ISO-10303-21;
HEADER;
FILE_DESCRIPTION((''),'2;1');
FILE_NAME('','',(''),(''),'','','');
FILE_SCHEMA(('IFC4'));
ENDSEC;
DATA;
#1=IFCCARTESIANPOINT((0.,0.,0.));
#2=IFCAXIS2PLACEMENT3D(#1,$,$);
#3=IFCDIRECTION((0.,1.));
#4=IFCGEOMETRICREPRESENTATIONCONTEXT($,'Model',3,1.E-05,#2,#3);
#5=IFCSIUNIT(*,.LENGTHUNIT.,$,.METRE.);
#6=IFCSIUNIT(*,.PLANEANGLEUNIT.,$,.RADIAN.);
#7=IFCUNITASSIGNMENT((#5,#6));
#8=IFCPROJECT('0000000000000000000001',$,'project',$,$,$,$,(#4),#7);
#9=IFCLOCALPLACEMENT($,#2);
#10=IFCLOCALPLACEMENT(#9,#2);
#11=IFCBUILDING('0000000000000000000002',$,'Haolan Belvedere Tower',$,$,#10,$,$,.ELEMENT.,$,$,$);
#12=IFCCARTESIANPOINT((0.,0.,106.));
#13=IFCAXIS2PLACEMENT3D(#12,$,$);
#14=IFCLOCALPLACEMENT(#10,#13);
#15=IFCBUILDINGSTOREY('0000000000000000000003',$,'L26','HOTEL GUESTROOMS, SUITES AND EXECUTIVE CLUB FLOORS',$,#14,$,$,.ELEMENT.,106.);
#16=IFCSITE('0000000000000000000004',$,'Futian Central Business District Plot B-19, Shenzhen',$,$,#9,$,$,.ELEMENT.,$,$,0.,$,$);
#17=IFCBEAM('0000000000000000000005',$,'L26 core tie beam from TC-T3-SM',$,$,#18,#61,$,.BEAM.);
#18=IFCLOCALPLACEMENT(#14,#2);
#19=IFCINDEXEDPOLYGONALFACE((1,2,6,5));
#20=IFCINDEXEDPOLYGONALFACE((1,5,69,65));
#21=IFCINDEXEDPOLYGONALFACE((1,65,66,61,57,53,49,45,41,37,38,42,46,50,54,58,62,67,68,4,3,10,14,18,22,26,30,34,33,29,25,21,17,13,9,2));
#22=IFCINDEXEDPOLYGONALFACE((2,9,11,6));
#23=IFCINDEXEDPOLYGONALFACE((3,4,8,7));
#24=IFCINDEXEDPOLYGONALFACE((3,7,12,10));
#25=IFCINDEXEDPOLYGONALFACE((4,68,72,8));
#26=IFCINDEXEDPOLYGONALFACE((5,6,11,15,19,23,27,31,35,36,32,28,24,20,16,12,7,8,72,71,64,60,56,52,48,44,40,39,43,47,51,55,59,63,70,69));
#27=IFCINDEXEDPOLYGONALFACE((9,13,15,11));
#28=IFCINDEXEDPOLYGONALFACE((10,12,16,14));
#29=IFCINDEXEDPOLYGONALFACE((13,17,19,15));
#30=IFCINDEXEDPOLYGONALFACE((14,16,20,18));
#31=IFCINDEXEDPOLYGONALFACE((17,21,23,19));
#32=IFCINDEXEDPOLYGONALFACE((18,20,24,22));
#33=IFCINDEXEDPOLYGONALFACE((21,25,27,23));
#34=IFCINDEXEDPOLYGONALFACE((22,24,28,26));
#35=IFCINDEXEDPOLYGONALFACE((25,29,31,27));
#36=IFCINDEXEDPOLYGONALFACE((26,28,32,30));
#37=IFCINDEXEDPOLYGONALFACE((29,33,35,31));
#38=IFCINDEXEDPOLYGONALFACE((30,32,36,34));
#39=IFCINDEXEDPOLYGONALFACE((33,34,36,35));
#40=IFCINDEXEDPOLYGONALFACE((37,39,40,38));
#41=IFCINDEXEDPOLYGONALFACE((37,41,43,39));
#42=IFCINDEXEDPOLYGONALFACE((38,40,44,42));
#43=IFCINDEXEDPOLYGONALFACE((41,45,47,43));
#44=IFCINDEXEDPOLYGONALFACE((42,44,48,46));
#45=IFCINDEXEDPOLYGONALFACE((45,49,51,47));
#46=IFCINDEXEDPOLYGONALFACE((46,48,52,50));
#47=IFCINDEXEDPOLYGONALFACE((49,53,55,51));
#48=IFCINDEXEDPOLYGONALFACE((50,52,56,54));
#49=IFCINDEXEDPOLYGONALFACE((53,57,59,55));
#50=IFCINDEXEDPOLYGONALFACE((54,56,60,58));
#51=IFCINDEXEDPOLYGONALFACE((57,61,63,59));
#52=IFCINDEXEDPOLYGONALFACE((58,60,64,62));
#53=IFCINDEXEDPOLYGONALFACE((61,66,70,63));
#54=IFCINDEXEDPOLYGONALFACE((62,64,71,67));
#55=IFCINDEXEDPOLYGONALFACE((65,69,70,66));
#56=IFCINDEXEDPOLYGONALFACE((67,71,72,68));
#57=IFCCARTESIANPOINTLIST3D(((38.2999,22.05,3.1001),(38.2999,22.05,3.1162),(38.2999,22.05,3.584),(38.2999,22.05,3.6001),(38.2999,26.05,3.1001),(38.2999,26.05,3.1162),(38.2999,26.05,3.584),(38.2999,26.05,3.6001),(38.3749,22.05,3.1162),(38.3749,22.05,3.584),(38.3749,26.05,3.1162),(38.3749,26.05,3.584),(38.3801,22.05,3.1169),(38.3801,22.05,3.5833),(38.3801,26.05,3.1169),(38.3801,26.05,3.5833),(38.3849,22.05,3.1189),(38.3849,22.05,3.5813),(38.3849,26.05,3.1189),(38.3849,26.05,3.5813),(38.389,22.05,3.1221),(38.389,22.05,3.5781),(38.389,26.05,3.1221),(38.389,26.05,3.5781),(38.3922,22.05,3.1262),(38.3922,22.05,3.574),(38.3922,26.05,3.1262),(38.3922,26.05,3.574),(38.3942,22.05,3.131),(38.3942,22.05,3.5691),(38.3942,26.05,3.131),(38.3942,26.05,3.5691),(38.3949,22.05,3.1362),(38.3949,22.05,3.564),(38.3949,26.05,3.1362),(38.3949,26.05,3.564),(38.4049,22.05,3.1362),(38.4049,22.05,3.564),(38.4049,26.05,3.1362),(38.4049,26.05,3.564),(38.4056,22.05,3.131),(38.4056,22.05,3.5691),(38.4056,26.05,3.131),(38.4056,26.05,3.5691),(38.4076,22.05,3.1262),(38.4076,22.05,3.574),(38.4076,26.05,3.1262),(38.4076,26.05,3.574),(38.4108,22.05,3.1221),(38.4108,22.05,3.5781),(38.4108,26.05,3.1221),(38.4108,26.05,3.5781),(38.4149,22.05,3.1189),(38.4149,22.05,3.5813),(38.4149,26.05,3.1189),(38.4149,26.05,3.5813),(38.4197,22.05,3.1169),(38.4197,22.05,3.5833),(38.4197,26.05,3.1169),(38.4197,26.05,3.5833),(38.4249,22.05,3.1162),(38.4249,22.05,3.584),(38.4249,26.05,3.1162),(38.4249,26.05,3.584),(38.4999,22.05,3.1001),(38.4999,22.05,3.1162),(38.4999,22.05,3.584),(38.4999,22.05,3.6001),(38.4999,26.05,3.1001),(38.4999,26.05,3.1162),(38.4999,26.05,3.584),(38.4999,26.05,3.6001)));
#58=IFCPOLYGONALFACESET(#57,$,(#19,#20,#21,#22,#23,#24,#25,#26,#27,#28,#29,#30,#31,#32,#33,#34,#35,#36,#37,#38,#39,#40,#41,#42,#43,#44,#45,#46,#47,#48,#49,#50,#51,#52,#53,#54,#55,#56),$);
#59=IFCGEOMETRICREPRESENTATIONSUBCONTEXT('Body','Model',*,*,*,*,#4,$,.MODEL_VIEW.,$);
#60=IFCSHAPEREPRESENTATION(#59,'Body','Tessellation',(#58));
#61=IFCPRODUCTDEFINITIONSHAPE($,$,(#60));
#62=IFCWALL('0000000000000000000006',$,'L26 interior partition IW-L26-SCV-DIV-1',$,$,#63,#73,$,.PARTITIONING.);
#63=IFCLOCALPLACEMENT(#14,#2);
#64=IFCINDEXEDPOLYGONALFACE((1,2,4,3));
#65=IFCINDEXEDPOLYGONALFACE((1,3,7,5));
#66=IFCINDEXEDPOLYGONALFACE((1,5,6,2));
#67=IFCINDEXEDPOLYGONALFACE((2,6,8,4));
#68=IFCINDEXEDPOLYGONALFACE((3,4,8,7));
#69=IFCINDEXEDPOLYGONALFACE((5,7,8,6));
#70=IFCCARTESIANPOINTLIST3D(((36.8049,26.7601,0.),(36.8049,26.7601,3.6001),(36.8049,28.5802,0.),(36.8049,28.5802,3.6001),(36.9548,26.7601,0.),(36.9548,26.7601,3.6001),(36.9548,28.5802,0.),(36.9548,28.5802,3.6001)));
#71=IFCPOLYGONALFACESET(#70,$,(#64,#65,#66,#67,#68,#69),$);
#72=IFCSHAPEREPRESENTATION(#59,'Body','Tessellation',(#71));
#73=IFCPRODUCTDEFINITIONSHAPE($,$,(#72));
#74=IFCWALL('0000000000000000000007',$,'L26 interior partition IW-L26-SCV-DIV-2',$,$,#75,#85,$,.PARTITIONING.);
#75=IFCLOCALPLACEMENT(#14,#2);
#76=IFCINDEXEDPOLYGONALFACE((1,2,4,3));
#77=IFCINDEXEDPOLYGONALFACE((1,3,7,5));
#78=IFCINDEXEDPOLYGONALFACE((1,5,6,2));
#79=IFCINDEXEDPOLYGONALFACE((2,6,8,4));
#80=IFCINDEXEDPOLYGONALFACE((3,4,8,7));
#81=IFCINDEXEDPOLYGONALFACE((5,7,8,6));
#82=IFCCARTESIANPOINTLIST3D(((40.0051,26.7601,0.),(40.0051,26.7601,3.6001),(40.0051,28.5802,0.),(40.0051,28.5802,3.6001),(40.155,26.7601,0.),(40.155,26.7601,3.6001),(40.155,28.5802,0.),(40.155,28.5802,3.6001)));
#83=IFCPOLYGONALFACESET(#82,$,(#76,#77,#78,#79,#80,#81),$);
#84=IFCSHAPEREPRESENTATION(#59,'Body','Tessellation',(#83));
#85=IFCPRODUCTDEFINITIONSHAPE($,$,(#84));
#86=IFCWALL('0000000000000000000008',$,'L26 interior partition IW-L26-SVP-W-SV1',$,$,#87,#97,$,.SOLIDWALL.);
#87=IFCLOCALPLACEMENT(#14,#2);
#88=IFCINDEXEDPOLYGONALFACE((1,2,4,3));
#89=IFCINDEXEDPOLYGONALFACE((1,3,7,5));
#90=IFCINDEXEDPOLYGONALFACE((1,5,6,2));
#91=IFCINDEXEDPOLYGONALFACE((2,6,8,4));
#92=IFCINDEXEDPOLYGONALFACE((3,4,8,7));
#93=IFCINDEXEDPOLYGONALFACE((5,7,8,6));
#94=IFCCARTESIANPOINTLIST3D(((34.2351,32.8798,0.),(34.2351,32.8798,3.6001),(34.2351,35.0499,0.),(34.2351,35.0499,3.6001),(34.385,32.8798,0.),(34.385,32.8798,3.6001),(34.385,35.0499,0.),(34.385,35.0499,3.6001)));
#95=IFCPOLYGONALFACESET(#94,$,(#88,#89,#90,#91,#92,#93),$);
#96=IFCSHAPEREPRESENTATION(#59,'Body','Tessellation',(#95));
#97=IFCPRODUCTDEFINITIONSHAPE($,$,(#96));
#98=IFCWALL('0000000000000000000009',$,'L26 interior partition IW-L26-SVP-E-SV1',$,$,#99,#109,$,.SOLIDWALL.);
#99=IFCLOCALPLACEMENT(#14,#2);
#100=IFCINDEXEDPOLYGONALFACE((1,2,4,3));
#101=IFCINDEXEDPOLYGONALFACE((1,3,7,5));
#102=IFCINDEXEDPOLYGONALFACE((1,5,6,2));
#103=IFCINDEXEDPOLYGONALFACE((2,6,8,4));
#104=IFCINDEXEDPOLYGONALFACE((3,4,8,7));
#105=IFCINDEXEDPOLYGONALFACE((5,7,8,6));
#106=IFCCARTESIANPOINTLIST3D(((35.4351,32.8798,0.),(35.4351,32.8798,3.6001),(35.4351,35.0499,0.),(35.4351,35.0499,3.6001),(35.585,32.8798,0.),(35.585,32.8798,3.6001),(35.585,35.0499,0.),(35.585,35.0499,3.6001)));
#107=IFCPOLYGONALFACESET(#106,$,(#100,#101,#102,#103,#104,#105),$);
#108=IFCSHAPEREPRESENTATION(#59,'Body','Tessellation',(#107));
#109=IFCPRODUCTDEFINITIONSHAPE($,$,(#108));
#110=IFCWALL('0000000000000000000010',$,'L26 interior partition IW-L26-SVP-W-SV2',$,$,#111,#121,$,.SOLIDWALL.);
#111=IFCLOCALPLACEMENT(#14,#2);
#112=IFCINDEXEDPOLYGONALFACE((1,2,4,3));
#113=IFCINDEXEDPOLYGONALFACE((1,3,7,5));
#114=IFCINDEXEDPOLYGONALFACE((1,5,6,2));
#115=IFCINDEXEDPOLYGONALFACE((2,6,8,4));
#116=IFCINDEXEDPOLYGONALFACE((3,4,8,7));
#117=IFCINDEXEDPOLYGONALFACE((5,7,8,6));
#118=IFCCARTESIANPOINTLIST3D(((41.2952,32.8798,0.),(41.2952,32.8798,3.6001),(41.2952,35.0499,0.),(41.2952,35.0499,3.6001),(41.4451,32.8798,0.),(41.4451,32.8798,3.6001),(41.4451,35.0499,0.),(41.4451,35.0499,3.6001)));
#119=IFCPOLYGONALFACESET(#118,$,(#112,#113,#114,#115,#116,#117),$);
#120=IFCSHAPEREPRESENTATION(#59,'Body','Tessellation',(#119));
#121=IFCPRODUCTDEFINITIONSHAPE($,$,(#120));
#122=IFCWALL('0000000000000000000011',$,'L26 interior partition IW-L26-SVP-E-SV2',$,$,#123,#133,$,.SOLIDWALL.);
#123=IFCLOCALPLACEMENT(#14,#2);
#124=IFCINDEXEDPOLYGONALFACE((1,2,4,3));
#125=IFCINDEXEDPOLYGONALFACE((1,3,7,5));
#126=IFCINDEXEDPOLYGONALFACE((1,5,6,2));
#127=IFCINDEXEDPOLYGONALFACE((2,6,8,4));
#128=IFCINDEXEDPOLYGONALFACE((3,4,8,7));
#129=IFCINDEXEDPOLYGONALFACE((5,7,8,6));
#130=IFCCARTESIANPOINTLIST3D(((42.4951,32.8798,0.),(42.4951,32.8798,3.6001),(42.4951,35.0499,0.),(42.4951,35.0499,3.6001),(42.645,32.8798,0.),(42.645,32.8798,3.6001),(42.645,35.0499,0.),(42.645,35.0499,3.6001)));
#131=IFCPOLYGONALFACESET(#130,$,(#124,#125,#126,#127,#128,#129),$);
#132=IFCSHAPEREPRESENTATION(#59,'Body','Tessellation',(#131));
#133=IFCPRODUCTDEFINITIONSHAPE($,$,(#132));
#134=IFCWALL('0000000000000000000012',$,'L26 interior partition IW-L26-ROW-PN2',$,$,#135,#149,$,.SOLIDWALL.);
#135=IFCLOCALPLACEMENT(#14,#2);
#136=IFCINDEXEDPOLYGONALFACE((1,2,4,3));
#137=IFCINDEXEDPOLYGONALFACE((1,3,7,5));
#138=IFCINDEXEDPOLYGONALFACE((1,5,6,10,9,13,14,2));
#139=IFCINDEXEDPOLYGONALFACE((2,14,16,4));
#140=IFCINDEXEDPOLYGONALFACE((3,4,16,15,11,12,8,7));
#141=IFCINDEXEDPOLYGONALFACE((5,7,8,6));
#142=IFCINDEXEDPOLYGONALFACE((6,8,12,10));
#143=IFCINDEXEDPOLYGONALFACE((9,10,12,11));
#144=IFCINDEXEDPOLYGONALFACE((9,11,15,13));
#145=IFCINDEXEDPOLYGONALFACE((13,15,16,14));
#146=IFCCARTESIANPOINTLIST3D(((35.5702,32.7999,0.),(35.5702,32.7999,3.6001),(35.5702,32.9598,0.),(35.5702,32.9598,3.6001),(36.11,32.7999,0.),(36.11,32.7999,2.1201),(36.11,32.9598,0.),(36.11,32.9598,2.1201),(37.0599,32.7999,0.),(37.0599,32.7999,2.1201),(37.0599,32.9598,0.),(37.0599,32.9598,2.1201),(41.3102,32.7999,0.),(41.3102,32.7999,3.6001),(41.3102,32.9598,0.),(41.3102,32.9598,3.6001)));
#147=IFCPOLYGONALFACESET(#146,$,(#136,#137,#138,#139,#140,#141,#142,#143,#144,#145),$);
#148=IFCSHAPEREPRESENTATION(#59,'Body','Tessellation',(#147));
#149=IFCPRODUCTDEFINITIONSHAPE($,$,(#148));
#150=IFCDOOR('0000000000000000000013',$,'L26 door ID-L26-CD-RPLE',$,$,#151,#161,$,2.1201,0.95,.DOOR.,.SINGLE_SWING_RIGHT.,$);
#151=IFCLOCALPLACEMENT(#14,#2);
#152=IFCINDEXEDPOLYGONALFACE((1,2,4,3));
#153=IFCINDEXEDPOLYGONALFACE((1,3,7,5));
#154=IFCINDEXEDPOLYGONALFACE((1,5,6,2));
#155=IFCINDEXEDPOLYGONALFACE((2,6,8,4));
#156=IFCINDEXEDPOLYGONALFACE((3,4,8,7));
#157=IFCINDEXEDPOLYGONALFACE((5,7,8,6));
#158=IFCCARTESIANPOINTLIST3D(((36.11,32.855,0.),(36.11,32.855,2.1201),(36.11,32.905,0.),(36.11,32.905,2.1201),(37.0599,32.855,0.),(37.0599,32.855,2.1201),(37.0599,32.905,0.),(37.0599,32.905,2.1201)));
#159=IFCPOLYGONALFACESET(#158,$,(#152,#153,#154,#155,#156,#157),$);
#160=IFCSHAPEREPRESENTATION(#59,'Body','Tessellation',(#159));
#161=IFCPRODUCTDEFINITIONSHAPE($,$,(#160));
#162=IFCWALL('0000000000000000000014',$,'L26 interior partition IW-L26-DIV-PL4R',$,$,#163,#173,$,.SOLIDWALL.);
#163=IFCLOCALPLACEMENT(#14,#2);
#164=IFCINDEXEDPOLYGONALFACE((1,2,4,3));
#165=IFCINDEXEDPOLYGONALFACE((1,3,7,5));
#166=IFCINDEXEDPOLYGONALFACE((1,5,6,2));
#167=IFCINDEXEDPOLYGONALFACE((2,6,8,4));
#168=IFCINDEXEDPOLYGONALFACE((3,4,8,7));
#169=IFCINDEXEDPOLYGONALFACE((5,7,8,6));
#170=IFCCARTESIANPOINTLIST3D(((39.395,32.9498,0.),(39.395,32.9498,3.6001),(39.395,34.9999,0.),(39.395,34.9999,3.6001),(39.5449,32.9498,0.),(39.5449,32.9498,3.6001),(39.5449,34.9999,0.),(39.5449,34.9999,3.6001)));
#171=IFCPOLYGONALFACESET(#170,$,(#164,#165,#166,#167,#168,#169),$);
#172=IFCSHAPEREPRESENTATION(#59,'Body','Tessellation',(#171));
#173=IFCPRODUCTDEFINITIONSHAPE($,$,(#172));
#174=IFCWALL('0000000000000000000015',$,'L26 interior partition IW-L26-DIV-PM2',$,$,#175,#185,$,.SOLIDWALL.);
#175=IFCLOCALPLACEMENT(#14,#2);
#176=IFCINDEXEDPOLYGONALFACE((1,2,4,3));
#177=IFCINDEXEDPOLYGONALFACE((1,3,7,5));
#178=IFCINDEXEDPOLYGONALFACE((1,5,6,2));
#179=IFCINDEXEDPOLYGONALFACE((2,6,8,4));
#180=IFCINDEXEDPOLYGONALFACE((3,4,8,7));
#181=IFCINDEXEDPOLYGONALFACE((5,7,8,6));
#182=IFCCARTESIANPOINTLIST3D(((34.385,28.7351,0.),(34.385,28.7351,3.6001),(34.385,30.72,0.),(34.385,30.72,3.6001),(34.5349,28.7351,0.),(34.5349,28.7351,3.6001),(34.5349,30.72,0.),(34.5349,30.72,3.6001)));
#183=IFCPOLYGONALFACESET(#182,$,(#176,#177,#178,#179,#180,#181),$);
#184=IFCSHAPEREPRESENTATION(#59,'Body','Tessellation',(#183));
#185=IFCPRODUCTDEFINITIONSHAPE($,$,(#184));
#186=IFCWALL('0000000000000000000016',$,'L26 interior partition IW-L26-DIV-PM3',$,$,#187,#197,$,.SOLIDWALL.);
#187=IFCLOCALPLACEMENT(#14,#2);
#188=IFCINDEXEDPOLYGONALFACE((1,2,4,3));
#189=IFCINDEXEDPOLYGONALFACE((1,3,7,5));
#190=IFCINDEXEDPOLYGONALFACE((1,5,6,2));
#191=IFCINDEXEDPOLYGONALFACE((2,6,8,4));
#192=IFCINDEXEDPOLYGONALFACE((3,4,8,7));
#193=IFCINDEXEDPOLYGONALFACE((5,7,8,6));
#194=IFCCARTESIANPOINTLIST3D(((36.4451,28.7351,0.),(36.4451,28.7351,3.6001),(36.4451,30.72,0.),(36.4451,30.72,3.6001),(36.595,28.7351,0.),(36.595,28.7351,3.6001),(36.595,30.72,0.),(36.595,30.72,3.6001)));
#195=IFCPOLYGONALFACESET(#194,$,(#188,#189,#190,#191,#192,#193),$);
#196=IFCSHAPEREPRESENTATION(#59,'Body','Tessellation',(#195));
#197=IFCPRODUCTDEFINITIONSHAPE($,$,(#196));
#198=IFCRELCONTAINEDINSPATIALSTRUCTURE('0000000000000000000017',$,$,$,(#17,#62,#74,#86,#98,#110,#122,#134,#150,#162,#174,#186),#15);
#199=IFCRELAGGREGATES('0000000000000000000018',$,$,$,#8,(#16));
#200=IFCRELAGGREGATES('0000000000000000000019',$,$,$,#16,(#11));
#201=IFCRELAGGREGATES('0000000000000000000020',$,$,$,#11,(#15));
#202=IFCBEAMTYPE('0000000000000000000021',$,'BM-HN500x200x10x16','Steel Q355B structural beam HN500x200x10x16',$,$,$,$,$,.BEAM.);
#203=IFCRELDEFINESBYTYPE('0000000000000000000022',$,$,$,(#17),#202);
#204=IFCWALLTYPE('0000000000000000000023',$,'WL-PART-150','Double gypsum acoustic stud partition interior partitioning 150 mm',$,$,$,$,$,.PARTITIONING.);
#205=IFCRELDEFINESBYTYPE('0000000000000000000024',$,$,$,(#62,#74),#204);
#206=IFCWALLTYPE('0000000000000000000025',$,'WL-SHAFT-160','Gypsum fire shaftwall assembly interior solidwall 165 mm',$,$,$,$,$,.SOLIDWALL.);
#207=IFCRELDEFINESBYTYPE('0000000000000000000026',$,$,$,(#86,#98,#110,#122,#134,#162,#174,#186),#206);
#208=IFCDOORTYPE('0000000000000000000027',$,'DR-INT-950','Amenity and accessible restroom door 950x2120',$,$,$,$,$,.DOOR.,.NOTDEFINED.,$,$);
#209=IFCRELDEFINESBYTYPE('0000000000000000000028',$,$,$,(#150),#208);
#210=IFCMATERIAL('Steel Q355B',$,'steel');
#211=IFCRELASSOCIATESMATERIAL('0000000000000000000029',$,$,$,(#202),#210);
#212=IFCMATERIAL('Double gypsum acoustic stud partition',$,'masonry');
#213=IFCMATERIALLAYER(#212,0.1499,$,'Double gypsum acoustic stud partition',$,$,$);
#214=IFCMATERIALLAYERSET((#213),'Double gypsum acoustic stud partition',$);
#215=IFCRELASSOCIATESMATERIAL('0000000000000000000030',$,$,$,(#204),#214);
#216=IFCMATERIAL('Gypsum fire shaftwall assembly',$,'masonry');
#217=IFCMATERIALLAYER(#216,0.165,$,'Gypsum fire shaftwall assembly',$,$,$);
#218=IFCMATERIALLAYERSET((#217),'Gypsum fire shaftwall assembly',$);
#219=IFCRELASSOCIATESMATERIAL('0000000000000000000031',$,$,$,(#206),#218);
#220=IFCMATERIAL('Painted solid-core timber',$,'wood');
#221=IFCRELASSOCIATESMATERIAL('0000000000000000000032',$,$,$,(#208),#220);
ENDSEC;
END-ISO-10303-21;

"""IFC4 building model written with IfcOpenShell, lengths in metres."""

from ifc_helpers import new_model, si_unit, direction, frame, frame_2d, origin, origin_2d, place, context, subcontext, project, spatial, rectangle, i_section, extrude, material, layer, layer_set, material_profile, profile_set, type_object, element, fill, save


model = new_model("IFC4")

# Units and contexts
model_context = context("Model", 3, precision=1e-05, world=origin(), true_north=direction((0.0, 1.0)))
body_context = subcontext(model_context, "Body", "Model", "MODEL_VIEW")
ifc_project = project(units=[si_unit("LENGTHUNIT", "METRE"), si_unit("PLANEANGLEUNIT", "RADIAN")], contexts=[model_context])

# Site, building, storey
site_placement = place(None, origin())
site = spatial("IfcSite", under=ifc_project, at=site_placement, Name="Futian Central Business District Plot B-19, Shenzhen", CompositionType="ELEMENT", RefElevation=0.0)
building_placement = place(site_placement, origin())
building = spatial("IfcBuilding", under=site, at=building_placement, Name="Haolan Belvedere Tower", CompositionType="ELEMENT")
storey_placement = place(building_placement, frame((0.0, 0.0, 106.0)))
storey = spatial("IfcBuildingStorey", under=building, at=storey_placement, Name="L26", Description="HOTEL GUESTROOMS, SUITES AND EXECUTIVE CLUB FLOORS", CompositionType="ELEMENT", Elevation=106.0)

# Beam
ifc_material_1 = material(Name="Steel Q355B", Category="steel")
ifc_material_profile_1 = material_profile(ifc_material_1, i_section(OverallWidth=0.2, OverallDepth=0.5, WebThickness=0.01, FlangeThickness=0.0161, FilletRadius=0.02, at=origin_2d()), Name="Steel Q355B")
ifc_profile_set_1 = profile_set([ifc_material_profile_1], Name="Steel Q355B")
beam_type_1 = type_object("IfcBeamType", Name="BM-HN500x200x10x16", Description="Steel Q355B structural beam HN500x200x10x16", PredefinedType="BEAM", material=ifc_profile_set_1)
beam_1_placement = place(storey_placement, frame((38.3999, 22.05, 3.3501), z_axis=(0.0, 1.0, 0.0), x_axis=(-1.0, 0.0, 0.0)))
element("IfcBeam", 1, at=beam_1_placement, inside=storey, type_object=beam_type_1, Name="L26 core tie beam from TC-T3-SM", PredefinedType="BEAM", context=body_context, shape_type="SweptSolid", body=[
    extrude(i_section(OverallWidth=0.2, OverallDepth=0.5, WebThickness=0.01, FlangeThickness=0.0161, FilletRadius=0.02, at=origin_2d()), origin(), (0.0, 0.0, 1.0), 4.0),
])

# Walls
ifc_material_2 = material(Name="Double gypsum acoustic stud partition", Category="masonry")
ifc_layer_1 = layer(ifc_material_2, 0.1499, Name="Double gypsum acoustic stud partition")
ifc_layer_set_1 = layer_set([ifc_layer_1], Name="Double gypsum acoustic stud partition")
wall_type_1 = type_object("IfcWallType", Name="WL-PART-150", Description="Double gypsum acoustic stud partition interior partitioning 150 mm", PredefinedType="PARTITIONING", material=ifc_layer_set_1)
for number, where, z_axis, x_axis, name in (
    (2, (36.8799, 26.76, 0.0), (0.0, 0.0, 1.0), (0.0, 1.0, 0.0), "L26 interior partition IW-L26-SCV-DIV-1"),
    (3, (40.0801, 26.76, 0.0), (0.0, 0.0, 1.0), (0.0, 1.0, 0.0), "L26 interior partition IW-L26-SCV-DIV-2"),
):
    element("IfcWall", number, at=place(storey_placement, frame(where, z_axis=z_axis, x_axis=x_axis)), inside=storey, type_object=wall_type_1, Name=name, PredefinedType="PARTITIONING", context=body_context, shape_type="SweptSolid", body=[
        extrude(rectangle(XDim=1.8201, YDim=0.1499, at=frame_2d((0.9102, 0.0))), origin(), (0.0, 0.0, 1.0), 3.6001),
    ])
ifc_material_3 = material(Name="Gypsum fire shaftwall assembly", Category="masonry")
ifc_layer_2 = layer(ifc_material_3, 0.165, Name="Gypsum fire shaftwall assembly")
ifc_layer_set_2 = layer_set([ifc_layer_2], Name="Gypsum fire shaftwall assembly")
wall_type_2 = type_object("IfcWallType", Name="WL-SHAFT-160", Description="Gypsum fire shaftwall assembly interior solidwall 165 mm", PredefinedType="SOLIDWALL", material=ifc_layer_set_2)
for number, where, z_axis, x_axis, name in (
    (4, (34.3101, 32.8799, 0.0), (0.0, 0.0, 1.0), (0.0, 1.0, 0.0), "L26 interior partition IW-L26-SVP-W-SV1"),
    (5, (35.51, 32.8799, 0.0), (0.0, 0.0, 1.0), (0.0, 1.0, 0.0), "L26 interior partition IW-L26-SVP-E-SV1"),
    (6, (41.3701, 32.8799, 0.0), (0.0, 0.0, 1.0), (0.0, 1.0, 0.0), "L26 interior partition IW-L26-SVP-W-SV2"),
    (7, (42.5701, 32.8799, 0.0), (0.0, 0.0, 1.0), (0.0, 1.0, 0.0), "L26 interior partition IW-L26-SVP-E-SV2"),
):
    element("IfcWall", number, at=place(storey_placement, frame(where, z_axis=z_axis, x_axis=x_axis)), inside=storey, type_object=wall_type_2, Name=name, PredefinedType="SOLIDWALL", context=body_context, shape_type="SweptSolid", body=[
        extrude(rectangle(XDim=2.1702, YDim=0.1499, at=frame_2d((1.085, 0.0))), origin(), (0.0, 0.0, 1.0), 3.6001),
    ])

# Wall, opening, door
wall_1_placement = place(storey_placement, frame((35.5701, 32.8799, 0.0), z_axis=(0.0, 0.0, 1.0), x_axis=(1.0, 0.0, 0.0)))
wall_1 = element("IfcWall", 8, at=wall_1_placement, inside=storey, type_object=wall_type_2, Name="L26 interior partition IW-L26-ROW-PN2", PredefinedType="SOLIDWALL", context=body_context, shape_type="SweptSolid", body=[
    extrude(rectangle(XDim=5.74, YDim=0.1599, at=frame_2d((2.8701, 0.0))), origin(), (0.0, 0.0, 1.0), 3.6001),
])
opening_placement = place(wall_1_placement, frame((1.49, 0.0, 0.0), z_axis=(0.0, 0.0, 1.0), x_axis=(-1.0, 0.0, 0.0)))
opening = element("IfcOpeningElement", 9, at=opening_placement, cuts=wall_1, PredefinedType="OPENING", context=body_context, shape_type="SweptSolid", body=[
    extrude(rectangle(XDim=0.95, YDim=2.1201, at=frame_2d((0.4751, 1.0601))), frame((0.0, 0.0898, 0.0), z_axis=(0.0, -1.0, 0.0), x_axis=(1.0, 0.0, 0.0)), (0.0, 0.0, 1.0), 0.1799),
])
ifc_material_4 = material(Name="Painted solid-core timber", Category="wood")
door_type = type_object("IfcDoorType", Name="DR-INT-950", Description="Amenity and accessible restroom door 950x2120", OperationType="NOTDEFINED", PredefinedType="DOOR", material=ifc_material_4)
door_placement = place(opening_placement, origin())
door = element("IfcDoor", 10, at=door_placement, inside=storey, type_object=door_type, Name="L26 door ID-L26-CD-RPLE", OperationType="SINGLE_SWING_RIGHT", OverallHeight=2.1201, OverallWidth=0.95, PredefinedType="DOOR", context=body_context, shape_type="SweptSolid", body=[
    extrude(rectangle(XDim=0.95, YDim=2.1201, at=frame_2d((0.4751, 1.0601))), frame((0.0, 0.0249, 0.0), z_axis=(0.0, -1.0, 0.0), x_axis=(1.0, 0.0, 0.0)), (0.0, 0.0, 1.0), 0.05),
])
fill(opening, door)

# Walls
wall_2_placement = place(storey_placement, frame((39.47, 32.95, 0.0), z_axis=(0.0, 0.0, 1.0), x_axis=(0.0, 1.0, 0.0)))
element("IfcWall", 11, at=wall_2_placement, inside=storey, type_object=wall_type_2, Name="L26 interior partition IW-L26-DIV-PL4R", PredefinedType="SOLIDWALL", context=body_context, shape_type="SweptSolid", body=[
    extrude(rectangle(XDim=2.05, YDim=0.1499, at=frame_2d((1.0249, 0.0))), origin(), (0.0, 0.0, 1.0), 3.6001),
])
for number, where, z_axis, x_axis, name in (
    (12, (34.46, 28.7351, 0.0), (0.0, 0.0, 1.0), (0.0, 1.0, 0.0), "L26 interior partition IW-L26-DIV-PM2"),
    (13, (36.52, 28.7351, 0.0), (0.0, 0.0, 1.0), (0.0, 1.0, 0.0), "L26 interior partition IW-L26-DIV-PM3"),
):
    element("IfcWall", number, at=place(storey_placement, frame(where, z_axis=z_axis, x_axis=x_axis)), inside=storey, type_object=wall_type_2, Name=name, PredefinedType="SOLIDWALL", context=body_context, shape_type="SweptSolid", body=[
        extrude(rectangle(XDim=1.9849, YDim=0.1499, at=frame_2d((0.9924, 0.0))), origin(), (0.0, 0.0, 1.0), 3.6001),
    ])

save(model, "model.ifc")
